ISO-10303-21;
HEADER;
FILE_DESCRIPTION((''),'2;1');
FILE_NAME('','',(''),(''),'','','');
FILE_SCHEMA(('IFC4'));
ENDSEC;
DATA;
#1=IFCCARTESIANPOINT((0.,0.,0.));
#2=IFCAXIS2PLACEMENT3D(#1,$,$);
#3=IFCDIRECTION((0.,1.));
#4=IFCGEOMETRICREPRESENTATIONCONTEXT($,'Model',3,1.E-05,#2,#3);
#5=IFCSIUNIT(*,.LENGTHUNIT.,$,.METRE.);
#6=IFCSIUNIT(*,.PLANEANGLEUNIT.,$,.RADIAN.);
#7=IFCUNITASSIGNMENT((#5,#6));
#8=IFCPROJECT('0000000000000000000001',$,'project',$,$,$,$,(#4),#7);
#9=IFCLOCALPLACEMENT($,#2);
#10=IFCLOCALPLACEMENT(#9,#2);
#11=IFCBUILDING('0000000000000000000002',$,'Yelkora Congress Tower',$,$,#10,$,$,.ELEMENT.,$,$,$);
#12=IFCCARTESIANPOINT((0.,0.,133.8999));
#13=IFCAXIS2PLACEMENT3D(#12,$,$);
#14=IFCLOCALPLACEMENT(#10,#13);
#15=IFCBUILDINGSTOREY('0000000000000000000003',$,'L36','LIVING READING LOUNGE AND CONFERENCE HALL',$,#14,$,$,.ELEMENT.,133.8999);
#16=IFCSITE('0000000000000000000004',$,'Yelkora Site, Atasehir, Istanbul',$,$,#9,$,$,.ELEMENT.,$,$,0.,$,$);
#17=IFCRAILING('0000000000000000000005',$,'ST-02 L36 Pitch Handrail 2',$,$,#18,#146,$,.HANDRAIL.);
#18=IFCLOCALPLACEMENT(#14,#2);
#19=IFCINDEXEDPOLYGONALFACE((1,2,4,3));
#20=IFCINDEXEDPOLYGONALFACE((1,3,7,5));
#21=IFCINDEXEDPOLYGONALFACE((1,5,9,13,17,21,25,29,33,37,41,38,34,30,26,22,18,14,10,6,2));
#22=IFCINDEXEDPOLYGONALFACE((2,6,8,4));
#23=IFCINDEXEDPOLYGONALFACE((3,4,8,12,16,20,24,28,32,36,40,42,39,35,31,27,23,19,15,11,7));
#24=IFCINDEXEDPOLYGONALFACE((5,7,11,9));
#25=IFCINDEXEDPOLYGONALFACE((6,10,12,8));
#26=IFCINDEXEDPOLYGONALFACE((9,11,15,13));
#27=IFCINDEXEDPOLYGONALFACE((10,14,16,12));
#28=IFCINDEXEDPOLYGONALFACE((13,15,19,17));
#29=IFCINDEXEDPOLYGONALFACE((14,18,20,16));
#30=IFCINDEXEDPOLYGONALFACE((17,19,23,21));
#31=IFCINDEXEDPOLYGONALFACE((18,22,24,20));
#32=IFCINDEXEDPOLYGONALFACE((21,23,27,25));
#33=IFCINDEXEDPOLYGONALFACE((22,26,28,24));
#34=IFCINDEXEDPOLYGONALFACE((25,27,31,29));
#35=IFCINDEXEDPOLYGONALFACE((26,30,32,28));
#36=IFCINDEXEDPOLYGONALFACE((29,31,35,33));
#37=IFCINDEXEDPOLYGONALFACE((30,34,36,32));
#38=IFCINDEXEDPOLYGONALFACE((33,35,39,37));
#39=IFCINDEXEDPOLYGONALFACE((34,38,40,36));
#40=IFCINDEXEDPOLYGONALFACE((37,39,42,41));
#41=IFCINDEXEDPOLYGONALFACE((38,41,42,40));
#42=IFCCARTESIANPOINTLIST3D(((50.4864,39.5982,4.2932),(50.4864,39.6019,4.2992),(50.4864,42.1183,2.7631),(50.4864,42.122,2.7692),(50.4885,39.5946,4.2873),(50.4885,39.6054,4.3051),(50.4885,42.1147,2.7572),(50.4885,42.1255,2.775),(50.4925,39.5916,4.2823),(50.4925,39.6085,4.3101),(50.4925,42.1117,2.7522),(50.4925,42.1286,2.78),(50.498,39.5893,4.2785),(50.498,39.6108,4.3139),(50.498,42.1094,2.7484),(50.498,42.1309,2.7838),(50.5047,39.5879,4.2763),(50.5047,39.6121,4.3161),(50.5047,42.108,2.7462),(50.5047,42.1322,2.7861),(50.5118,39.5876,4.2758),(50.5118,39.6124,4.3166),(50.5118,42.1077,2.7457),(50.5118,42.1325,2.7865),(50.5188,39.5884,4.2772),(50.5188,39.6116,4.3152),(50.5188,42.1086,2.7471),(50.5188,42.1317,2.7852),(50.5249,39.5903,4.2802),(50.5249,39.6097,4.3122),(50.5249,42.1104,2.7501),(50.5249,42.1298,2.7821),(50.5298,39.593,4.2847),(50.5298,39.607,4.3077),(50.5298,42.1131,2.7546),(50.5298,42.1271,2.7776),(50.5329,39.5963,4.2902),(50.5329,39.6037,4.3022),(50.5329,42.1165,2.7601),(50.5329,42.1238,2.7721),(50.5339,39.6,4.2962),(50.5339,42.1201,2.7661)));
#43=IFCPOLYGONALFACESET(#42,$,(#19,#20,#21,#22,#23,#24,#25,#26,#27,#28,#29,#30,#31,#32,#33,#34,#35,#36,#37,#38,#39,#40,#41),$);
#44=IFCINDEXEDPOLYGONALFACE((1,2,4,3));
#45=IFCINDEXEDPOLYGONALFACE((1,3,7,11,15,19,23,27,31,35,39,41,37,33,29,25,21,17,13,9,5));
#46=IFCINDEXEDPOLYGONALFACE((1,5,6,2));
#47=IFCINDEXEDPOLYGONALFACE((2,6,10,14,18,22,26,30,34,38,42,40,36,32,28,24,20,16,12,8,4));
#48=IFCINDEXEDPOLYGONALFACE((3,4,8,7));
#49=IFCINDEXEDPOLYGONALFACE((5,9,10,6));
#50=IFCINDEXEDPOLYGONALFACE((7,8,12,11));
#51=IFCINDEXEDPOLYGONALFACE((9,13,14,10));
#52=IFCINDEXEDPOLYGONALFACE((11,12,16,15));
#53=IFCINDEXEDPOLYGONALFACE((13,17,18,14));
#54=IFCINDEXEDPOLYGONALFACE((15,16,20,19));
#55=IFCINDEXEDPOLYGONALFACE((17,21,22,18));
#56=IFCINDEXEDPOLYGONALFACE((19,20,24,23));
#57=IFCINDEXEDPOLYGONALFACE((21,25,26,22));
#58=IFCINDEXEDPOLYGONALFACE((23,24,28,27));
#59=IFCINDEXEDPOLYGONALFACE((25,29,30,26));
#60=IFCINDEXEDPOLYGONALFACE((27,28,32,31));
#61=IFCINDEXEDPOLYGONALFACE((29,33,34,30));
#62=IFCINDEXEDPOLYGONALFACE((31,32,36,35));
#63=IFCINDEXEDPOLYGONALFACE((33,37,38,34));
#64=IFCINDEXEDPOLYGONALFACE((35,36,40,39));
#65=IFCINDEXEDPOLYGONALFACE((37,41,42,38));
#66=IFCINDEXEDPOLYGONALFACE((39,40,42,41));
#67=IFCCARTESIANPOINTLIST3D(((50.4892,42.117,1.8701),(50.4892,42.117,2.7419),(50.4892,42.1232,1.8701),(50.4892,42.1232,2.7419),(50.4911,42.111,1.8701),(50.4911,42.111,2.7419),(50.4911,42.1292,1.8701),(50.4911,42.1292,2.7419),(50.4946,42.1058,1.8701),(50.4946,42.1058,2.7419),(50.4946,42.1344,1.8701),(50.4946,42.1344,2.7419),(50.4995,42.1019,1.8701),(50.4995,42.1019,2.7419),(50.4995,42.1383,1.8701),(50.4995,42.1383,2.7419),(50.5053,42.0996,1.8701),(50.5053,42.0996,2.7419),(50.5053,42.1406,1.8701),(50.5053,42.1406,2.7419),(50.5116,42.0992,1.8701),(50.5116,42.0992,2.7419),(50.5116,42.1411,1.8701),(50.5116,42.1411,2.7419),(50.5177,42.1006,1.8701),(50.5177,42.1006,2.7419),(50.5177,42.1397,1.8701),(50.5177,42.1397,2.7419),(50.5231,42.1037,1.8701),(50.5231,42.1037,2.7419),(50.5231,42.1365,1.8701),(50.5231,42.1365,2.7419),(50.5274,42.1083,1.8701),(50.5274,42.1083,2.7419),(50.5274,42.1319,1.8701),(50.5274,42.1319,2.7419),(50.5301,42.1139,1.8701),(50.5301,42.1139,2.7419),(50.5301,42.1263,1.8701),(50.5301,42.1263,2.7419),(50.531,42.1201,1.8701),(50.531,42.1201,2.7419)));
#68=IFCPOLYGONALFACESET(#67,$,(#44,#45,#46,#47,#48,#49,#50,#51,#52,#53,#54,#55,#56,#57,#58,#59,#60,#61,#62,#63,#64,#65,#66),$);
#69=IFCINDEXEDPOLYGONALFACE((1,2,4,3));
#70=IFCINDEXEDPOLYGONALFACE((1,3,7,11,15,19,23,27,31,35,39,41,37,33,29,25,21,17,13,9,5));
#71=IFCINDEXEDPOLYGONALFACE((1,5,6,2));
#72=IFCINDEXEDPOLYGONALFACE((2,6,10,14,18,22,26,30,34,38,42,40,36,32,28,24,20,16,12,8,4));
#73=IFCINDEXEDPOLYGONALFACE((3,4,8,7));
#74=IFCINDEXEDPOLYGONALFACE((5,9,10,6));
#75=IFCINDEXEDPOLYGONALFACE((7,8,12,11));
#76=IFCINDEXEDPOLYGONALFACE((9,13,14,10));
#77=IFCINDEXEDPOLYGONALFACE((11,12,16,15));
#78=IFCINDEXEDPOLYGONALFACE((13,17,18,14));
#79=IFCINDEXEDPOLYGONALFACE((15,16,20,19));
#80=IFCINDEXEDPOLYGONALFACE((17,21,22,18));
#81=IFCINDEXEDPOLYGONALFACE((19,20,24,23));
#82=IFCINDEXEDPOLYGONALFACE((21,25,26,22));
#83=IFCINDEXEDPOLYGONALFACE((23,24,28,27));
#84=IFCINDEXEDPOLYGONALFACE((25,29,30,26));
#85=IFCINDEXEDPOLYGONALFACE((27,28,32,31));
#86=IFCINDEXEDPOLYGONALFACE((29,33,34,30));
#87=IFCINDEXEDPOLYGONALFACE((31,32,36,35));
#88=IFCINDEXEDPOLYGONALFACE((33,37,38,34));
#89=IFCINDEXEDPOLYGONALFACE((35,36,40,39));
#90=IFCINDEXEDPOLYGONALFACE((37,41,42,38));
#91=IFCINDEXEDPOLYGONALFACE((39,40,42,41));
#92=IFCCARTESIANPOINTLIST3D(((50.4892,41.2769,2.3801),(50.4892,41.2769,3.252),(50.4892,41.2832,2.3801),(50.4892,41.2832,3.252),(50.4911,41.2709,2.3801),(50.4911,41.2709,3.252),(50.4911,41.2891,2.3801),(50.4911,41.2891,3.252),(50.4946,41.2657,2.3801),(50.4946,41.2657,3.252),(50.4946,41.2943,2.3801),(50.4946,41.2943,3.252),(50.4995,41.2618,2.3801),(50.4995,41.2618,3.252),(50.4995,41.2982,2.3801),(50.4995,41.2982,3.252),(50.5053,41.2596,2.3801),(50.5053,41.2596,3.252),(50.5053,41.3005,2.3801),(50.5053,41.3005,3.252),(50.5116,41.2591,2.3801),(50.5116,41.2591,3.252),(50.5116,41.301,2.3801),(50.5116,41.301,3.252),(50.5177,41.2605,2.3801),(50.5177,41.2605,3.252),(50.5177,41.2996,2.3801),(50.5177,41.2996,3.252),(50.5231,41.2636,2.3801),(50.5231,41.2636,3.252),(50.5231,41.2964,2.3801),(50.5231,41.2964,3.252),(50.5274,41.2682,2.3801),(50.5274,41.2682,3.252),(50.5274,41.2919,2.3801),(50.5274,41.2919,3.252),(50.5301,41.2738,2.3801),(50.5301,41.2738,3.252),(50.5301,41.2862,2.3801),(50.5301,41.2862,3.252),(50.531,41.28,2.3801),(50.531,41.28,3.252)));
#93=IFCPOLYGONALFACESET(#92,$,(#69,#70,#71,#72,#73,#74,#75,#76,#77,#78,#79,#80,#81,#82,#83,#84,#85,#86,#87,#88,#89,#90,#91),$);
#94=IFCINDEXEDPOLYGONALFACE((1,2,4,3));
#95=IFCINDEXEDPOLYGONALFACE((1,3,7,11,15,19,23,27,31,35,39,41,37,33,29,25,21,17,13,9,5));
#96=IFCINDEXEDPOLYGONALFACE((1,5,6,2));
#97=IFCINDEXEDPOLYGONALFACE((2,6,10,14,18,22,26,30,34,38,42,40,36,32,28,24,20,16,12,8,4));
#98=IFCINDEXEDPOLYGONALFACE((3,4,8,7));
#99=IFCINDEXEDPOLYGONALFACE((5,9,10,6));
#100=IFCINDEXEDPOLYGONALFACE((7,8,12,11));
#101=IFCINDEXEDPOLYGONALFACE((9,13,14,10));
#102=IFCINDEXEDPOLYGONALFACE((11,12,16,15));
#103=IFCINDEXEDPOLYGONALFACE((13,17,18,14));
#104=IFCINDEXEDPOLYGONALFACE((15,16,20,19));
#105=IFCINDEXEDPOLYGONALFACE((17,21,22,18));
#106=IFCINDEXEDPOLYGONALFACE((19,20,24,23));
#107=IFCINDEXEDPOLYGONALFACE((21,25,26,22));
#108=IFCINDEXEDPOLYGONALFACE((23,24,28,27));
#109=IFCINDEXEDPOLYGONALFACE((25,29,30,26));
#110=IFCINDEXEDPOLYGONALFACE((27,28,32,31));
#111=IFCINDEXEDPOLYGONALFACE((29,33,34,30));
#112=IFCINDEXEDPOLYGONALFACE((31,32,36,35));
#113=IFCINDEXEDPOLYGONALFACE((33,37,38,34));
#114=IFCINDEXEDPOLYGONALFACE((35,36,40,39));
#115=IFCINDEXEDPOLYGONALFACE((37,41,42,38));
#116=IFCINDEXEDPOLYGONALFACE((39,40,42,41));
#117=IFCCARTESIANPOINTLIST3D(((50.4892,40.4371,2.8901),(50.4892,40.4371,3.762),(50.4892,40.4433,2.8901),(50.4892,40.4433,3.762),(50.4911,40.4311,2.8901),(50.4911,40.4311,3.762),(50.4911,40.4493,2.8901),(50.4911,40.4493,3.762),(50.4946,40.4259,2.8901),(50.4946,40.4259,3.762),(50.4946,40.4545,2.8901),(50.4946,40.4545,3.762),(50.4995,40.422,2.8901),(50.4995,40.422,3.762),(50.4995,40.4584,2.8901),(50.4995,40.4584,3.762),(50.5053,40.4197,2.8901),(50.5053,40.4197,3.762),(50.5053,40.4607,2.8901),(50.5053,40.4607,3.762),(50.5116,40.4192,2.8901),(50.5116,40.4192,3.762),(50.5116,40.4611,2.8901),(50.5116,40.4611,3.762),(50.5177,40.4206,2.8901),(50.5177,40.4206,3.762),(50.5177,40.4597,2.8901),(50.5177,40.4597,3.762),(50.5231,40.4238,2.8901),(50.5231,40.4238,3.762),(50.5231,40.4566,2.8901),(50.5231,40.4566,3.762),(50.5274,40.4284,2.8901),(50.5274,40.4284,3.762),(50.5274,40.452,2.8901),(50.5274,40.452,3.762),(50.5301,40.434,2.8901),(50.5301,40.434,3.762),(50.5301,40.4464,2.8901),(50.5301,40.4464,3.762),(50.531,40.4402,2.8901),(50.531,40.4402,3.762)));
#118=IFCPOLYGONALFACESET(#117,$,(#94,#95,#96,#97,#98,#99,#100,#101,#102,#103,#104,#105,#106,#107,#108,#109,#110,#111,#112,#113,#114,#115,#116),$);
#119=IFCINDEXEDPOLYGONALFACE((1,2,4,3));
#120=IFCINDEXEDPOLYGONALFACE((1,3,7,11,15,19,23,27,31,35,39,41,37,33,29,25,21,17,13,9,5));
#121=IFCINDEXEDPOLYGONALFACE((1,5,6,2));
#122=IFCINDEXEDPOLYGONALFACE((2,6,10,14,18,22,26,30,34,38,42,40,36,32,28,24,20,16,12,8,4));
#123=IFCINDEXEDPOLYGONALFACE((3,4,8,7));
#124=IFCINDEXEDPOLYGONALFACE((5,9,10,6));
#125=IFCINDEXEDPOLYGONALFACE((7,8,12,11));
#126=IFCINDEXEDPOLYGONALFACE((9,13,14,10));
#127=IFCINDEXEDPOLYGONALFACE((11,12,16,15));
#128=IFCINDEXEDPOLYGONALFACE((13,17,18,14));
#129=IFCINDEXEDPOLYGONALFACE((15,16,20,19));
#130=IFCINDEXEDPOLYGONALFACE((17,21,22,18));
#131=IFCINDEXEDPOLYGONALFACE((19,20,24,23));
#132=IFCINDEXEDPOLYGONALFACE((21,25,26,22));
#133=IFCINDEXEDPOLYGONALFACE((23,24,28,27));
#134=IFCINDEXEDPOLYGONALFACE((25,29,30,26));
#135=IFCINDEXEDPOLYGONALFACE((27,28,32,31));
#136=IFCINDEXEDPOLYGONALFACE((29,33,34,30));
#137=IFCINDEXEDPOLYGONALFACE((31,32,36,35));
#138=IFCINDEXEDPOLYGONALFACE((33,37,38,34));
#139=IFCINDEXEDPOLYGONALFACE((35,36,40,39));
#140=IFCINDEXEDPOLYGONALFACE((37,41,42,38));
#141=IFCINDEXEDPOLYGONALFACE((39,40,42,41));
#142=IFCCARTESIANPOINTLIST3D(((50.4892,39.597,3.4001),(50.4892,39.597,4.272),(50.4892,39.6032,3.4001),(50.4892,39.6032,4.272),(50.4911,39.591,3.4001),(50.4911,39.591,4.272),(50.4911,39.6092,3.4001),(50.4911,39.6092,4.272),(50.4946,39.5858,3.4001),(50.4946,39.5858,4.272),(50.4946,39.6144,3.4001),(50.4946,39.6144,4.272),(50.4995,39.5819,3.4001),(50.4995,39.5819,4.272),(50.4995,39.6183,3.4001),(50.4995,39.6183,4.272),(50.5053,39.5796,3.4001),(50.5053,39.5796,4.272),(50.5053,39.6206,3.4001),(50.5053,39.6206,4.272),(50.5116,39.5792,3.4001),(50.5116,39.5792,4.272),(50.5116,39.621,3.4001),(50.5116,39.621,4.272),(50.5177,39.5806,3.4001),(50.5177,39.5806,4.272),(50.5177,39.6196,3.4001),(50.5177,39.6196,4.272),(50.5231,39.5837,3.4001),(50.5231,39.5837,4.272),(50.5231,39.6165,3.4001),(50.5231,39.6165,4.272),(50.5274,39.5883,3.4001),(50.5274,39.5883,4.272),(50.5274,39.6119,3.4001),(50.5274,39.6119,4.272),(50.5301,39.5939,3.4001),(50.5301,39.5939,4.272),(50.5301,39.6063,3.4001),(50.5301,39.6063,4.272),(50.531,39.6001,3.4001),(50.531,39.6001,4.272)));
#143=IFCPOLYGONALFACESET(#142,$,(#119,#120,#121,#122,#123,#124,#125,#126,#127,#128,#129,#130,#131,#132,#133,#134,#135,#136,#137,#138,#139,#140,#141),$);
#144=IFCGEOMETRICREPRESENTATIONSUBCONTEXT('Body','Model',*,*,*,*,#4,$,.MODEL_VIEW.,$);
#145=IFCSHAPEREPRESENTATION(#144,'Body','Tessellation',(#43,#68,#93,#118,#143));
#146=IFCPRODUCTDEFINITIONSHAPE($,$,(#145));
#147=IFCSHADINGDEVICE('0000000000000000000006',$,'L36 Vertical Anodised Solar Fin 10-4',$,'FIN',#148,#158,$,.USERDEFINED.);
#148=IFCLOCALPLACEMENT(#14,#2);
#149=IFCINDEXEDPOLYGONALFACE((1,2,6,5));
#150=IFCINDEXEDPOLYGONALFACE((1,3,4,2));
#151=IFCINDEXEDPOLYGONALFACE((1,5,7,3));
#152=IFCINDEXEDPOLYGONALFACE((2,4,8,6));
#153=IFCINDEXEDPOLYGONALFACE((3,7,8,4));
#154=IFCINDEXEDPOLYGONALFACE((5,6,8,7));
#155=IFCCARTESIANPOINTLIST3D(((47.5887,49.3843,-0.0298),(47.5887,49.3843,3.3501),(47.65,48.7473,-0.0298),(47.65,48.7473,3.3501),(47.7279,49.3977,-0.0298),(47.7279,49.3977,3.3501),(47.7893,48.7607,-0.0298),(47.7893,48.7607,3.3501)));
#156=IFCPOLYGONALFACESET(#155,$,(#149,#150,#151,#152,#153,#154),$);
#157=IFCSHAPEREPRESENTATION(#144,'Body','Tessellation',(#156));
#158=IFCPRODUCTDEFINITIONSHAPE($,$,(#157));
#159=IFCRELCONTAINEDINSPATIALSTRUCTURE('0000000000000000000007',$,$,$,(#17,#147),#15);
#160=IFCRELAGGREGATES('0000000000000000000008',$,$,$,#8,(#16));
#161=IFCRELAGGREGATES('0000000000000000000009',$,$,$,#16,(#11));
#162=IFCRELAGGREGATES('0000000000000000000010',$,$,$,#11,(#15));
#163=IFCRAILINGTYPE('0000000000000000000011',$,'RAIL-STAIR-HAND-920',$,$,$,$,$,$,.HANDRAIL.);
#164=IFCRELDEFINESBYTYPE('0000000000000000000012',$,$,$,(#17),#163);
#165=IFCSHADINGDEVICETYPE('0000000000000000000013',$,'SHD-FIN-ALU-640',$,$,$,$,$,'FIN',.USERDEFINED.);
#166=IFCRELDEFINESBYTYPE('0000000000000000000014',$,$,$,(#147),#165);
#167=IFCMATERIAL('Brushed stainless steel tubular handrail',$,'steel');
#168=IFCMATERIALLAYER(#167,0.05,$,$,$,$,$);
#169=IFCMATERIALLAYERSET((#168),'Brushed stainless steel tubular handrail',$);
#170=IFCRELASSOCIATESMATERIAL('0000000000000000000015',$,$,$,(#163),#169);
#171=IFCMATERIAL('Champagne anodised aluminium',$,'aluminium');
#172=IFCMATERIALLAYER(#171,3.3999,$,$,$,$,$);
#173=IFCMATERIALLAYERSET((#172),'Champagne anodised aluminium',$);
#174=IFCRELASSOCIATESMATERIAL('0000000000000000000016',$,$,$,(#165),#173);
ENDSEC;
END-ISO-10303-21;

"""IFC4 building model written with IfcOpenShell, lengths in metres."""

from ifc_helpers import new_model, si_unit, direction, frame, origin, origin_2d, place, context, subcontext, project, spatial, rectangle, circle, extrude, material, layer, layer_set, type_object, element, save


model = new_model("IFC4")

# Units and contexts
model_context = context("Model", 3, precision=1e-05, world=origin(), true_north=direction((0.0, 1.0)))
body_context = subcontext(model_context, "Body", "Model", "MODEL_VIEW")
ifc_project = project(units=[si_unit("LENGTHUNIT", "METRE"), si_unit("PLANEANGLEUNIT", "RADIAN")], contexts=[model_context])

# Site, building, storey
site_placement = place(None, origin())
site = spatial("IfcSite", under=ifc_project, at=site_placement, Name="Yelkora Site, Atasehir, Istanbul", CompositionType="ELEMENT", RefElevation=0.0)
building_placement = place(site_placement, origin())
building = spatial("IfcBuilding", under=site, at=building_placement, Name="Yelkora Congress Tower", CompositionType="ELEMENT")
storey_placement = place(building_placement, frame((0.0, 0.0, 133.8999)))
storey = spatial("IfcBuildingStorey", under=building, at=storey_placement, Name="L36", Description="LIVING READING LOUNGE AND CONFERENCE HALL", CompositionType="ELEMENT", Elevation=133.8999)

# Railing
ifc_material_1 = material(Name="Brushed stainless steel tubular handrail", Category="steel")
ifc_layer_1 = layer(ifc_material_1, 0.05)
ifc_layer_set_1 = layer_set([ifc_layer_1], Name="Brushed stainless steel tubular handrail")
railing_type_1 = type_object("IfcRailingType", Name="RAIL-STAIR-HAND-920", PredefinedType="HANDRAIL", material=ifc_layer_set_1)
railing_1_placement = place(storey_placement, frame((50.51, 42.1201, 1.8701)))
element("IfcRailing", 1, at=railing_1_placement, inside=storey, type_object=railing_type_1, Name="ST-02 L36 Pitch Handrail 2", PredefinedType="HANDRAIL", context=body_context, shape_type="SweptSolid", body=[
    extrude(circle(Radius=0.0239, at=origin_2d()), frame((0.0, 0.0, 0.896), z_axis=(0.0, -0.854785, 0.518982), x_axis=(1.0, 0.0, 0.0)), (0.0, 0.0, 1.0), 2.9482),
    extrude(circle(Radius=0.021, at=origin_2d()), origin(), (0.0, 0.0, 1.0), 0.8718),
    extrude(circle(Radius=0.021, at=origin_2d()), frame((0.0, -0.8401, 0.51)), (0.0, 0.0, 1.0), 0.8718),
    extrude(circle(Radius=0.021, at=origin_2d()), frame((0.0, -1.6799, 1.02)), (0.0, 0.0, 1.0), 0.8718),
    extrude(circle(Radius=0.021, at=origin_2d()), frame((0.0, -2.52, 1.53)), (0.0, 0.0, 1.0), 0.8718),
])

# Shading device
ifc_material_2 = material(Name="Champagne anodised aluminium", Category="aluminium")
ifc_layer_2 = layer(ifc_material_2, 3.3999)
ifc_layer_set_2 = layer_set([ifc_layer_2], Name="Champagne anodised aluminium")
shading_device_type = type_object("IfcShadingDeviceType", Name="SHD-FIN-ALU-640", ElementType="FIN", PredefinedType="USERDEFINED", material=ifc_layer_set_2)
shading_device_placement = place(storey_placement, frame((47.689, 49.0725, -0.0298), z_axis=(0.0, 0.0, 1.0), x_axis=(0.995396, 0.095846, 0.0)))
element("IfcShadingDevice", 2, at=shading_device_placement, inside=storey, type_object=shading_device_type, Name="L36 Vertical Anodised Solar Fin 10-4", ObjectType="FIN", PredefinedType="USERDEFINED", context=body_context, shape_type="SweptSolid", body=[
    extrude(rectangle(XDim=0.1399, YDim=0.6399, at=origin_2d()), origin(), (0.0, 0.0, 1.0), 3.3799),
])

save(model, "model.ifc")
